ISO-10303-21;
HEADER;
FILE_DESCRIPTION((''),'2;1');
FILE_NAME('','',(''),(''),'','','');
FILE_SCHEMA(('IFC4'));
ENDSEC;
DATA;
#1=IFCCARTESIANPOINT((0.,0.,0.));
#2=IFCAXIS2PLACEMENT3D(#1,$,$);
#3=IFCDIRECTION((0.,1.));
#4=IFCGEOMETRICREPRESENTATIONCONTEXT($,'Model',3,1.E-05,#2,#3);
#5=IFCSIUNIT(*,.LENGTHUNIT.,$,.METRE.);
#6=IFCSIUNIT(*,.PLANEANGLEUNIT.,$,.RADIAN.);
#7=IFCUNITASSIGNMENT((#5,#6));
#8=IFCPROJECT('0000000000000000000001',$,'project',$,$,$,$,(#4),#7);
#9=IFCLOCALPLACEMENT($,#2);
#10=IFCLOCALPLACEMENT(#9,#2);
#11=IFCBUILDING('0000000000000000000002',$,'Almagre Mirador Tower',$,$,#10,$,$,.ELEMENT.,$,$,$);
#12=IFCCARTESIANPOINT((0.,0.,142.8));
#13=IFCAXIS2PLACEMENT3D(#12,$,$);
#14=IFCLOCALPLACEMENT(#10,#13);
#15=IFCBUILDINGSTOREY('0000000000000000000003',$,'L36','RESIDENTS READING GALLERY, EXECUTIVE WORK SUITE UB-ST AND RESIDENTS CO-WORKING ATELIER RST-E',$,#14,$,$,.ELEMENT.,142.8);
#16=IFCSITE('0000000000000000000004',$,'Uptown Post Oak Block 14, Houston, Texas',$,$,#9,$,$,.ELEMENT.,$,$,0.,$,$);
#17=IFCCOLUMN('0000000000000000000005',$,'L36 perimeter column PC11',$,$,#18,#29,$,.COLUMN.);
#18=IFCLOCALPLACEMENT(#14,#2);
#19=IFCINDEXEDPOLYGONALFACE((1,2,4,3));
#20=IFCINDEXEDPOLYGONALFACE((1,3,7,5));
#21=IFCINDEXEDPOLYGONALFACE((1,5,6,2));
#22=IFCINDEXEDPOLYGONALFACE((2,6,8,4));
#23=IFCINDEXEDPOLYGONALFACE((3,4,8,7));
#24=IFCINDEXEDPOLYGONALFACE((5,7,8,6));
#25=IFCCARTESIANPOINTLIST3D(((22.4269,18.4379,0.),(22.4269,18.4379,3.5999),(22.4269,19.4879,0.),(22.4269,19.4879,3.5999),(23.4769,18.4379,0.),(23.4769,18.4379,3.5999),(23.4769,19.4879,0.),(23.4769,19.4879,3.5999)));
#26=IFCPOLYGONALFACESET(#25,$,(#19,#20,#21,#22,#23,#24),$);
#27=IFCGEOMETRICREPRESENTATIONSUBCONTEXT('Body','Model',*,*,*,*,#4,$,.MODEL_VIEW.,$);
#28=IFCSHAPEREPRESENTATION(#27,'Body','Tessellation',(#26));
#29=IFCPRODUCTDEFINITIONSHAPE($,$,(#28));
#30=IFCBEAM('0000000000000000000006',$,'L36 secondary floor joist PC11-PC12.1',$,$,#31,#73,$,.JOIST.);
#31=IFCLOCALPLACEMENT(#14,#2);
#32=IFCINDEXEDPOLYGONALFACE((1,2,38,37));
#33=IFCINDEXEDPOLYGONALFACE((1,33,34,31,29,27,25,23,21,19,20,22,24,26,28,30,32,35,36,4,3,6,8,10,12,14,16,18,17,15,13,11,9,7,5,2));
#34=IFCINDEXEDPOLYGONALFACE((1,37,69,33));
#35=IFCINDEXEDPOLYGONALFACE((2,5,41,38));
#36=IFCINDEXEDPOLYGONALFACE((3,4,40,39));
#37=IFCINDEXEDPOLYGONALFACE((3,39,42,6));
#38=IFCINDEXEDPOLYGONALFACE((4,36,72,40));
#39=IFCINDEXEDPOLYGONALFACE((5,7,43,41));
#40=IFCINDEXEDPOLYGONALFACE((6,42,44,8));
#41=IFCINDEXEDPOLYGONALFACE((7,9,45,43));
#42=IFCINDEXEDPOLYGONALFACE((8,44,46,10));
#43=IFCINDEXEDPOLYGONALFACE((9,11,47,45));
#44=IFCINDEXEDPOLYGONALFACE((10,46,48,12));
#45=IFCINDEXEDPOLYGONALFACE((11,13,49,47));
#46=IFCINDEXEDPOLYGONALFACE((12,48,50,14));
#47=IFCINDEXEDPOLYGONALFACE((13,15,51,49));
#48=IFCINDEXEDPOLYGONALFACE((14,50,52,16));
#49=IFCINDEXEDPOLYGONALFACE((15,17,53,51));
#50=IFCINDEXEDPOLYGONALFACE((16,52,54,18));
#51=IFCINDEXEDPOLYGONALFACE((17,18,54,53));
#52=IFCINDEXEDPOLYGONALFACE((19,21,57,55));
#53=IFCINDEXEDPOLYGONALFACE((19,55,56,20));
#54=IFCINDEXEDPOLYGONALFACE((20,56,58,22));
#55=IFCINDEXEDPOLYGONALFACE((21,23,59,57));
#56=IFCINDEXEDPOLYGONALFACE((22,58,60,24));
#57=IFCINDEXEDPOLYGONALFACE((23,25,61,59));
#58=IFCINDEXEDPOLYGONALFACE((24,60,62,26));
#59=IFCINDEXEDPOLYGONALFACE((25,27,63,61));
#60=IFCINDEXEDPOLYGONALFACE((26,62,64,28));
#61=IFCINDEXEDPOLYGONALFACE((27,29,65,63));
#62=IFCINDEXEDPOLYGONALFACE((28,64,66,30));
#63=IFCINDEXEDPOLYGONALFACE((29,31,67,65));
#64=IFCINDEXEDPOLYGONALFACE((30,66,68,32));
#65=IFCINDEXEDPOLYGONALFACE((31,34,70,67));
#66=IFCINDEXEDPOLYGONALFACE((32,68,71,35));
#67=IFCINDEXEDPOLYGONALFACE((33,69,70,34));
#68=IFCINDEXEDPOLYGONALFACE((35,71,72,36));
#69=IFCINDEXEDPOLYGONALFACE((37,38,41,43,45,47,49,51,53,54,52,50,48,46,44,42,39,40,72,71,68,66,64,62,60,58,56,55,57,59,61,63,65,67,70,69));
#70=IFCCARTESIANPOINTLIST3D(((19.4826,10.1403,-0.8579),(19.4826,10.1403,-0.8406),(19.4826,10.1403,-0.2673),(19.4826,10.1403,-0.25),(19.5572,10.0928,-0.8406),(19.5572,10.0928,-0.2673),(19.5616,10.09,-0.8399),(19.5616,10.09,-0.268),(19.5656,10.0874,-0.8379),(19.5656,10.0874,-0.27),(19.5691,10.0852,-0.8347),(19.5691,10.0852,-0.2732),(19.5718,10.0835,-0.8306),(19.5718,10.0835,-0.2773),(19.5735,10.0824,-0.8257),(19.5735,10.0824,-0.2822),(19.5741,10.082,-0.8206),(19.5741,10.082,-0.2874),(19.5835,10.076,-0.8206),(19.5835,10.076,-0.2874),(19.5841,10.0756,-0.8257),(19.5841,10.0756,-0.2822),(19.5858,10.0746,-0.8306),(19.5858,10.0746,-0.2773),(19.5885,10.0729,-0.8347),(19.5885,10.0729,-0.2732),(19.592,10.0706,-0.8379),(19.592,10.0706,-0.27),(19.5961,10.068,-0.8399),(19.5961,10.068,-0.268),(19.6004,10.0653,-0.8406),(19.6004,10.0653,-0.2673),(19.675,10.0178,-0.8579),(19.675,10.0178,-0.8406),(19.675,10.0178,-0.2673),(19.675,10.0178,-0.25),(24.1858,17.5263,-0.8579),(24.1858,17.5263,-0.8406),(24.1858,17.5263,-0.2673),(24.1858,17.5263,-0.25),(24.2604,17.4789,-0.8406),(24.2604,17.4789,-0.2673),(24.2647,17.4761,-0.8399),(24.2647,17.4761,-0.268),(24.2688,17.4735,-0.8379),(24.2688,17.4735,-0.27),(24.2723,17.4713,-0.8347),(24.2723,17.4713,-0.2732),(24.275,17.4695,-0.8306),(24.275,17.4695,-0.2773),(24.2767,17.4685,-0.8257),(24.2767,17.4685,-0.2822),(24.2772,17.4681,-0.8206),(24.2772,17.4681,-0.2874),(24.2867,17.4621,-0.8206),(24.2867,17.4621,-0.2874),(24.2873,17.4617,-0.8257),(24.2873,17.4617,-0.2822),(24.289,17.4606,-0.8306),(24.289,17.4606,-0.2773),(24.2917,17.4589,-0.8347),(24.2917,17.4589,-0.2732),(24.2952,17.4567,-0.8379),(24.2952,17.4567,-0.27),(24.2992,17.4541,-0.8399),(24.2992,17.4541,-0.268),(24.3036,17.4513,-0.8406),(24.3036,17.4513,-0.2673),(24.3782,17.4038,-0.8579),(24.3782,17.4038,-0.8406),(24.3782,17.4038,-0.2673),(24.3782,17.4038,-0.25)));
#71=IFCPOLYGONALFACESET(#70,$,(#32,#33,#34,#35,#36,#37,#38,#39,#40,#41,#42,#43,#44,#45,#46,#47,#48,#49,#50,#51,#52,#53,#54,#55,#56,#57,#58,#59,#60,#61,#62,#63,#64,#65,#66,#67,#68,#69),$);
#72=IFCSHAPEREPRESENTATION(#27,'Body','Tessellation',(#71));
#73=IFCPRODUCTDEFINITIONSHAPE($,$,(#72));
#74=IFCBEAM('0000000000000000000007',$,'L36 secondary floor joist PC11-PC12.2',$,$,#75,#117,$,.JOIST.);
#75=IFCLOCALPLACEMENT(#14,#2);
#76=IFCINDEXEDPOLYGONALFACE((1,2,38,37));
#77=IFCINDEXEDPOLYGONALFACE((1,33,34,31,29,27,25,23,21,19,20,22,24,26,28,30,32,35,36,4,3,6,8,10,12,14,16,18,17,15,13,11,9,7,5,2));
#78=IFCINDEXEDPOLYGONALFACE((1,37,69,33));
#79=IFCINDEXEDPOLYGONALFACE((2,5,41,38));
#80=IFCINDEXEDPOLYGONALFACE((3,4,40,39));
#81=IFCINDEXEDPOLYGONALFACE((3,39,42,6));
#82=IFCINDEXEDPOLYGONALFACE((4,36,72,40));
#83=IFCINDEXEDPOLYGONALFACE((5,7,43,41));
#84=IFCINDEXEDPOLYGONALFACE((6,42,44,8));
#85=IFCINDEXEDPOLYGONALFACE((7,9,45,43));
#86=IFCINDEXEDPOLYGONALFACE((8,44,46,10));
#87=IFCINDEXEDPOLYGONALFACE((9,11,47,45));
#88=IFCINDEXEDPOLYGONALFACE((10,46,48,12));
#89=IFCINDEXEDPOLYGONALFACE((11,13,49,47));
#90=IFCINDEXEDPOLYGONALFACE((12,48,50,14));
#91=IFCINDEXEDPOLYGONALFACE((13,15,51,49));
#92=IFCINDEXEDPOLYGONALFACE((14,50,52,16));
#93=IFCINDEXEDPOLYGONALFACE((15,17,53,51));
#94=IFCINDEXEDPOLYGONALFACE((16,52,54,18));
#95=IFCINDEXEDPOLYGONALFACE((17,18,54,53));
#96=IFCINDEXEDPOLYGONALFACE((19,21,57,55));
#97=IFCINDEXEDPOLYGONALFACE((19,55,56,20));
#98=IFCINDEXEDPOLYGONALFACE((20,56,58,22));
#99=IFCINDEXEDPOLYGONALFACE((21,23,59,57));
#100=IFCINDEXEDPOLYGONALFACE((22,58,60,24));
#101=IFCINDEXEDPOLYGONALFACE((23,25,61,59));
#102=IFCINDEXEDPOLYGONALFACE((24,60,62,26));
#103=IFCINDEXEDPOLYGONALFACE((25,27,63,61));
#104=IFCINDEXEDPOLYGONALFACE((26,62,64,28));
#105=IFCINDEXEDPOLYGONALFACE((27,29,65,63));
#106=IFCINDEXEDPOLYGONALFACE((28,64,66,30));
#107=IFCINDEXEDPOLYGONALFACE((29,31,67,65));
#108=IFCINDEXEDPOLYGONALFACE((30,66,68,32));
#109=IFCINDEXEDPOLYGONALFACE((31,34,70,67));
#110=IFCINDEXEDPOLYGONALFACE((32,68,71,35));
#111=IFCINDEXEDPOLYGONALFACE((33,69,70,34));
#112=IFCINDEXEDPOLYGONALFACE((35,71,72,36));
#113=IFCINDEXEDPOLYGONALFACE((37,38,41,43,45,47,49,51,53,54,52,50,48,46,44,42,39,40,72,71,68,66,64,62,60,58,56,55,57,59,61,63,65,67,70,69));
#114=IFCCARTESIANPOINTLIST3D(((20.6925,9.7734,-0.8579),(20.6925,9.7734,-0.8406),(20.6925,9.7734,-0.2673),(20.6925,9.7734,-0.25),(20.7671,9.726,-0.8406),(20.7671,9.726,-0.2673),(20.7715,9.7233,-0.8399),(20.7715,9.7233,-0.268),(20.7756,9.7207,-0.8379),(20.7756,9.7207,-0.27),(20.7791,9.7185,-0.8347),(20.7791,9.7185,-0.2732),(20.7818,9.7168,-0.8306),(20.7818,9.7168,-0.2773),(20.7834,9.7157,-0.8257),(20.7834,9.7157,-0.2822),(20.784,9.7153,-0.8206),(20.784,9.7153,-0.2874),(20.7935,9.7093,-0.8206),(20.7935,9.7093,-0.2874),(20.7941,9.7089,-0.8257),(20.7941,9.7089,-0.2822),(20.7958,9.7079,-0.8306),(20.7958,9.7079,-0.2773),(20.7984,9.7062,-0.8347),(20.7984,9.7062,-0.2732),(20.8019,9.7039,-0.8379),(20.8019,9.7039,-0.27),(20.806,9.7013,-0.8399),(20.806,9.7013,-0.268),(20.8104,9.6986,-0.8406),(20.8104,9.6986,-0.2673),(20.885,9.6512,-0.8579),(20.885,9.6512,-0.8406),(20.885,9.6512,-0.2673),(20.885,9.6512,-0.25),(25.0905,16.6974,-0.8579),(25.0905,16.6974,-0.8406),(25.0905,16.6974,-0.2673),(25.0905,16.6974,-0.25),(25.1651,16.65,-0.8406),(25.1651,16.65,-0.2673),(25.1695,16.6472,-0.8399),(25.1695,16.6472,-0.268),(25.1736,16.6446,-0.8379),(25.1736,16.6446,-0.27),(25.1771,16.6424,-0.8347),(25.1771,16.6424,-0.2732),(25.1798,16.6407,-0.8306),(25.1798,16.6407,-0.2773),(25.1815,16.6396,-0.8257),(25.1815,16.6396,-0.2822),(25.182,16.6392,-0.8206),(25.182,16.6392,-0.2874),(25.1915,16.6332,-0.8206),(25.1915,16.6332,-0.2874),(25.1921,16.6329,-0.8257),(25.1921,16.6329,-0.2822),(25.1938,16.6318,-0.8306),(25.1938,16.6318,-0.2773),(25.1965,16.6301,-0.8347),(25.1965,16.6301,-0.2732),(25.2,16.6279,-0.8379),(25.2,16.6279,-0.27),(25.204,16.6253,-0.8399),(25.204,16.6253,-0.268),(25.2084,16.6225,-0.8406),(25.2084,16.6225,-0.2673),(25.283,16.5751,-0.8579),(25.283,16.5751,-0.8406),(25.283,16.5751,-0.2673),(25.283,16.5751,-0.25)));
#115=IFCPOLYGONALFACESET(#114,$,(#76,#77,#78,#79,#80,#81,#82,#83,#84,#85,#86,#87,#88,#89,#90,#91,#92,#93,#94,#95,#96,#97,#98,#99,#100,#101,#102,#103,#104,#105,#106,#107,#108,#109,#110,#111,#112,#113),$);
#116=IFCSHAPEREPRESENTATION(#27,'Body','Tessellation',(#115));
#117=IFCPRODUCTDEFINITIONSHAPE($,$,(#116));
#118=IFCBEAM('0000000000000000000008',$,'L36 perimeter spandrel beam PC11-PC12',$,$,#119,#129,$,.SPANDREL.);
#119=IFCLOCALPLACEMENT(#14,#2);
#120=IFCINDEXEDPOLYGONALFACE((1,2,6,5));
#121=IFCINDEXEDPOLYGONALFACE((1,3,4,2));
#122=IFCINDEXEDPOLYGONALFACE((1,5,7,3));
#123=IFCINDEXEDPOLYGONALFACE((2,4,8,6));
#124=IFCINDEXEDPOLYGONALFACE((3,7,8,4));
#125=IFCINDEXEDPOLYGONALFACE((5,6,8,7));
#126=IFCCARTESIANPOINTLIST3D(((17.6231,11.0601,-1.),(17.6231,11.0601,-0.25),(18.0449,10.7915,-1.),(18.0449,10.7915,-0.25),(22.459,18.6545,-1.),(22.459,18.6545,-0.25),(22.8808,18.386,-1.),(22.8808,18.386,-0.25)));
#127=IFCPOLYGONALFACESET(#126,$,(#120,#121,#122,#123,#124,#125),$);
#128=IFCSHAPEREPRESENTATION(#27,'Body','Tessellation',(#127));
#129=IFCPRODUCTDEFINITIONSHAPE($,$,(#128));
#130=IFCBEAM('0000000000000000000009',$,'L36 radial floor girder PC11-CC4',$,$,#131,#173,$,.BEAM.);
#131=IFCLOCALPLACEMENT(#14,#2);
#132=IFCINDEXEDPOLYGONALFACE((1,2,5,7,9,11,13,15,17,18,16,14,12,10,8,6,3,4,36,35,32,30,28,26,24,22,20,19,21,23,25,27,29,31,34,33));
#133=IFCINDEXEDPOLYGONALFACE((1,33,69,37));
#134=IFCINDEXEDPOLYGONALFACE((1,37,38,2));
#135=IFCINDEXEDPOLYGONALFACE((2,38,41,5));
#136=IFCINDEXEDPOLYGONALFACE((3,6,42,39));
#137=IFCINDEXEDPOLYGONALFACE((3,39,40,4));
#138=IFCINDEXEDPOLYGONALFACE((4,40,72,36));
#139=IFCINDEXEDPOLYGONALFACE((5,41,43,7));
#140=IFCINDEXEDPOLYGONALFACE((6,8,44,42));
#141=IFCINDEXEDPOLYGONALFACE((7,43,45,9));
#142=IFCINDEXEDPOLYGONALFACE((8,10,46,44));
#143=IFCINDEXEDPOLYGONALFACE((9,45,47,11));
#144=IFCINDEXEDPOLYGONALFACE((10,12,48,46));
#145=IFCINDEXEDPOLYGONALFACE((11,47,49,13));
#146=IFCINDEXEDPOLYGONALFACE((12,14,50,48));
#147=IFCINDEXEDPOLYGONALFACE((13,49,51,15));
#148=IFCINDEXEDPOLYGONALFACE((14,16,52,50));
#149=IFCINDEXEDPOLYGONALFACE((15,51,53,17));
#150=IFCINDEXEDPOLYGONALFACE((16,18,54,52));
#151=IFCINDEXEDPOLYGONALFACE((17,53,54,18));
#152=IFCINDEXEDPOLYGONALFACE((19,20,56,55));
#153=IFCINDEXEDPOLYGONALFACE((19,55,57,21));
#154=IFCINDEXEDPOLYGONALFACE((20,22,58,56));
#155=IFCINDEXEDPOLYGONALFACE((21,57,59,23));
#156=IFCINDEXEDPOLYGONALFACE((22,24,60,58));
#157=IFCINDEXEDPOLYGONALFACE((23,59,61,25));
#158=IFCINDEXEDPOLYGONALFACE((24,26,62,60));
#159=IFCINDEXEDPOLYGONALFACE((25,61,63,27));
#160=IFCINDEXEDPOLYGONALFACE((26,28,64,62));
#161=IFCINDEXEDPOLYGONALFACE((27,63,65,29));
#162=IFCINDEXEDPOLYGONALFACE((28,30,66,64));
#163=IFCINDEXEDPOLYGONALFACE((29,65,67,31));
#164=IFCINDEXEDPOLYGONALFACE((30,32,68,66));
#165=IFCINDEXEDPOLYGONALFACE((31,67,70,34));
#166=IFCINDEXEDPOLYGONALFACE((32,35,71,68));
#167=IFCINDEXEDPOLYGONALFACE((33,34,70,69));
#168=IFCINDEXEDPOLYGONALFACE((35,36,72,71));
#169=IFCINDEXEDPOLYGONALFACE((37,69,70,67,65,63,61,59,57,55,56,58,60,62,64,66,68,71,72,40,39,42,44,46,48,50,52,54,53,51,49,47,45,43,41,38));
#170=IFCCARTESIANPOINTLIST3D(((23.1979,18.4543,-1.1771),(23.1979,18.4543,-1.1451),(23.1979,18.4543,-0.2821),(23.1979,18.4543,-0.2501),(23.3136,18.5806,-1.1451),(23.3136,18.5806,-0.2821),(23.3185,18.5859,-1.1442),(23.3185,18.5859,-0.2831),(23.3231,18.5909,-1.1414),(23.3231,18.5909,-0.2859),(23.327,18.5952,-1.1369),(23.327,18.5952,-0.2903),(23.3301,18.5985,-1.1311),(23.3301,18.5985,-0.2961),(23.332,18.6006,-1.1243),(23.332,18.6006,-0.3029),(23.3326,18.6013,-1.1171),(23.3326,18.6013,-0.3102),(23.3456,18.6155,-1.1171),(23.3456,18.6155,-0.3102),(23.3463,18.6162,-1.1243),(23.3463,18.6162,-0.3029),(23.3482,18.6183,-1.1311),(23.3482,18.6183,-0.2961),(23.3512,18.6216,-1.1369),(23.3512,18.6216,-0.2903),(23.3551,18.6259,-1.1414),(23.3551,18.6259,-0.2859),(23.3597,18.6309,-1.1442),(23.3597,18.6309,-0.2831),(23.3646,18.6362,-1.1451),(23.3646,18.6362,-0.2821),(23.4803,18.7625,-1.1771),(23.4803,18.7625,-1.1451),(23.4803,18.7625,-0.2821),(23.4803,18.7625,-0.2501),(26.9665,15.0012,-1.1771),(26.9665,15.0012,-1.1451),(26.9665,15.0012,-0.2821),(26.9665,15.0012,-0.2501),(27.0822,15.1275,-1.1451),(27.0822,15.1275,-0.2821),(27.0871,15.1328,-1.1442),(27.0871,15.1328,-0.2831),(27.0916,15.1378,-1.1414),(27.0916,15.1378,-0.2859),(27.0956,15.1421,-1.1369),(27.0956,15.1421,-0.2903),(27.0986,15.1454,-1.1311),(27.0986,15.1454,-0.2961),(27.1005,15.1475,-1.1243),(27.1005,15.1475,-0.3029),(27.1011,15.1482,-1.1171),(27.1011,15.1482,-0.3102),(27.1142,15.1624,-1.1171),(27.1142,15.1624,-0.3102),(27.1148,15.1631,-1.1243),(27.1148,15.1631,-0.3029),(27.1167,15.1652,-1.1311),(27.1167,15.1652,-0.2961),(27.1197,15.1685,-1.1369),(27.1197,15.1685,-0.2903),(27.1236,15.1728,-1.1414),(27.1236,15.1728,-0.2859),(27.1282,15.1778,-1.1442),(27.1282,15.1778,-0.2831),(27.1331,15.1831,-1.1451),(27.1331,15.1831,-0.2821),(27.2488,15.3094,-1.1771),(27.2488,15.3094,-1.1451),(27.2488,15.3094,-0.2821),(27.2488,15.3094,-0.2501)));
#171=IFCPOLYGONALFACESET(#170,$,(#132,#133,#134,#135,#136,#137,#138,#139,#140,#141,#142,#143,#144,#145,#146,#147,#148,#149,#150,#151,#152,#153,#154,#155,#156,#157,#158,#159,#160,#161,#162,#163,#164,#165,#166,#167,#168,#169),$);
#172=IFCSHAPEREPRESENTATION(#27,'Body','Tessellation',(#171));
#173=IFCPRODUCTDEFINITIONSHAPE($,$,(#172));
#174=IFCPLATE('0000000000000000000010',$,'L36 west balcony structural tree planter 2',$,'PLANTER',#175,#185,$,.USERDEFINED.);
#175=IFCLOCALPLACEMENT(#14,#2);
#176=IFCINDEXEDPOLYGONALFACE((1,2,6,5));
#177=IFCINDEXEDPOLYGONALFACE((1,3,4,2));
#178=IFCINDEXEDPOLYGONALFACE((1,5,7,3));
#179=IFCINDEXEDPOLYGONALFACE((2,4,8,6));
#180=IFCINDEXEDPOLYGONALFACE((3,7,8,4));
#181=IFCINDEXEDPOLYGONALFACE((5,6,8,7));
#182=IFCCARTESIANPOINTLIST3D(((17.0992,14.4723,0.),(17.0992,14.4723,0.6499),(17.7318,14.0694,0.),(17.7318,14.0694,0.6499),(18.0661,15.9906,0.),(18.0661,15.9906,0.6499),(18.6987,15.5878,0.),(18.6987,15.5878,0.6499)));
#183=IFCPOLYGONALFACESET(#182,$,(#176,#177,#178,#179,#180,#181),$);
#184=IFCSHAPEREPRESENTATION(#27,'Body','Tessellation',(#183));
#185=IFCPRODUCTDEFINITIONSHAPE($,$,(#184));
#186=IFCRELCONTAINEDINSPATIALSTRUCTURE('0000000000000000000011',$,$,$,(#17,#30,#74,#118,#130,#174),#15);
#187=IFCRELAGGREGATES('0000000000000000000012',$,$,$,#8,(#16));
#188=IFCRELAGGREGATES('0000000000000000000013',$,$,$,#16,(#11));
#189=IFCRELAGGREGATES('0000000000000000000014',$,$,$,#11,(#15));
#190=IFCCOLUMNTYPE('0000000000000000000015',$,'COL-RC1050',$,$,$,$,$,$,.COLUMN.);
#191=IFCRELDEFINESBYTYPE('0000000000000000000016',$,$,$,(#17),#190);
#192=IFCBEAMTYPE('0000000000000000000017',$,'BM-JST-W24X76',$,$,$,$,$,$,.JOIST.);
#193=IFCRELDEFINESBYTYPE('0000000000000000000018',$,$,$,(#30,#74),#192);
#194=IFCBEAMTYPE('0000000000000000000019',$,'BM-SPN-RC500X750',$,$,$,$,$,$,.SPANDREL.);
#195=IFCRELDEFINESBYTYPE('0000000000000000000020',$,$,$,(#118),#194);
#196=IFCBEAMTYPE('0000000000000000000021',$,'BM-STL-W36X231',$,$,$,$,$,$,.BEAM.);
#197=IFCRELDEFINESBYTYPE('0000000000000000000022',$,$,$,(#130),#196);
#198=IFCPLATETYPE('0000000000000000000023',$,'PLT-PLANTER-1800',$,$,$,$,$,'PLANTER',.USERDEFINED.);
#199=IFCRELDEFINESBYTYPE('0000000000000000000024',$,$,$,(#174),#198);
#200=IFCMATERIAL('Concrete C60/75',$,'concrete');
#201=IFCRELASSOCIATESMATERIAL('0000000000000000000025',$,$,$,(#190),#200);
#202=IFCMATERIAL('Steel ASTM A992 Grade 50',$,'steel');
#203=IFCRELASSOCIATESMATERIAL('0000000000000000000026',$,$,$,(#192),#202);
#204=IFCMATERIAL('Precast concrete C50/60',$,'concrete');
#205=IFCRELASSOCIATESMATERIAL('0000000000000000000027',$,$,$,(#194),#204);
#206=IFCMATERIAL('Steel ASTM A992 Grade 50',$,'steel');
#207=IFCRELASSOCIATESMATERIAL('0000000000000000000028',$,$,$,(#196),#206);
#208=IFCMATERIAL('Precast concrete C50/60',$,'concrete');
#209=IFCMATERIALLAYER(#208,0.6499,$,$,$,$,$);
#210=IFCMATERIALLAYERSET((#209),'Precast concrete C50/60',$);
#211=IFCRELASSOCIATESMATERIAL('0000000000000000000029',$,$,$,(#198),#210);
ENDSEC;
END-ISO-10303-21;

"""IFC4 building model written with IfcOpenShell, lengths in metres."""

from ifc_helpers import new_model, si_unit, direction, frame, origin, origin_2d, place, context, subcontext, project, spatial, rectangle, i_section, extrude, material, layer, layer_set, material_profile, profile_set, type_object, element, save


model = new_model("IFC4")

# Units and contexts
model_context = context("Model", 3, precision=1e-05, world=origin(), true_north=direction((0.0, 1.0)))
body_context = subcontext(model_context, "Body", "Model", "MODEL_VIEW")
ifc_project = project(units=[si_unit("LENGTHUNIT", "METRE"), si_unit("PLANEANGLEUNIT", "RADIAN")], contexts=[model_context])

# Site, building, storey
site_placement = place(None, origin())
site = spatial("IfcSite", under=ifc_project, at=site_placement, Name="Uptown Post Oak Block 14, Houston, Texas", CompositionType="ELEMENT", RefElevation=0.0)
building_placement = place(site_placement, origin())
building = spatial("IfcBuilding", under=site, at=building_placement, Name="Almagre Mirador Tower", CompositionType="ELEMENT")
storey_placement = place(building_placement, frame((0.0, 0.0, 142.8)))
storey = spatial("IfcBuildingStorey", under=building, at=storey_placement, Name="L36", Description="RESIDENTS READING GALLERY, EXECUTIVE WORK SUITE UB-ST AND RESIDENTS CO-WORKING ATELIER RST-E", CompositionType="ELEMENT", Elevation=142.8)

# Column
ifc_material_1 = material(Name="Concrete C60/75", Category="concrete")
ifc_material_profile_1 = material_profile(ifc_material_1, rectangle(XDim=1.05, YDim=1.05, at=origin_2d()), Name="RC1050X1050")
ifc_profile_set_1 = profile_set([ifc_material_profile_1], Name="Concrete C60/75")
column_type = type_object("IfcColumnType", Name="COL-RC1050", PredefinedType="COLUMN", material=ifc_profile_set_1)
column_placement = place(storey_placement, frame((22.9519, 18.9629, 0.0), z_axis=(0.0, 0.0, 1.0), x_axis=(1.0, 0.0, 0.0)))
element("IfcColumn", 1, at=column_placement, inside=storey, type_object=column_type, Name="L36 perimeter column PC11", PredefinedType="COLUMN", context=body_context, shape_type="SweptSolid", body=[
    extrude(rectangle(XDim=1.05, YDim=1.05, at=origin_2d()), origin(), (0.0, 0.0, 1.0), 3.5999),
])

# Beams
ifc_material_2 = material(Name="Steel ASTM A992 Grade 50", Category="steel")
ifc_material_profile_2 = material_profile(ifc_material_2, i_section(OverallWidth=0.228, OverallDepth=0.6079, WebThickness=0.0112, FlangeThickness=0.0173, FilletRadius=0.02, at=origin_2d()), Name="W24X76")
ifc_profile_set_2 = profile_set([ifc_material_profile_2], Name="Steel ASTM A992 Grade 50")
beam_type_1 = type_object("IfcBeamType", Name="BM-JST-W24X76", PredefinedType="JOIST", material=ifc_profile_set_2)
beam_1_placement = place(storey_placement, frame((24.282, 17.4651, -0.554), z_axis=(-0.537115, -0.843509, 0.0), x_axis=(0.843509, -0.537115, 0.0)))
element("IfcBeam", 2, at=beam_1_placement, inside=storey, type_object=beam_type_1, Name="L36 secondary floor joist PC11-PC12.1", PredefinedType="JOIST", context=body_context, shape_type="SweptSolid", body=[
    extrude(i_section(OverallWidth=0.228, OverallDepth=0.6079, WebThickness=0.0112, FlangeThickness=0.0173, FilletRadius=0.02, at=origin_2d()), origin(), (0.0, 0.0, 1.0), 8.7563),
])
beam_2_placement = place(storey_placement, frame((25.1868, 16.6362, -0.554), z_axis=(-0.53617, -0.84411, 0.0), x_axis=(0.84411, -0.53617, 0.0)))
element("IfcBeam", 3, at=beam_2_placement, inside=storey, type_object=beam_type_1, Name="L36 secondary floor joist PC11-PC12.2", PredefinedType="JOIST", context=body_context, shape_type="SweptSolid", body=[
    extrude(i_section(OverallWidth=0.228, OverallDepth=0.6079, WebThickness=0.0112, FlangeThickness=0.0173, FilletRadius=0.02, at=origin_2d()), origin(), (0.0, 0.0, 1.0), 8.2026),
])
ifc_material_3 = material(Name="Precast concrete C50/60", Category="concrete")
ifc_material_profile_3 = material_profile(ifc_material_3, rectangle(XDim=0.5, YDim=0.75, at=origin_2d()), Name="RC500X750")
ifc_profile_set_3 = profile_set([ifc_material_profile_3], Name="Precast concrete C50/60")
beam_type_2 = type_object("IfcBeamType", Name="BM-SPN-RC500X750", PredefinedType="SPANDREL", material=ifc_profile_set_3)
beam_3_placement = place(storey_placement, frame((22.6699, 18.5203, -0.625), z_axis=(-0.537119, -0.843506, 0.0), x_axis=(0.843506, -0.537119, 0.0)))
element("IfcBeam", 4, at=beam_3_placement, inside=storey, type_object=beam_type_2, Name="L36 perimeter spandrel beam PC11-PC12", PredefinedType="SPANDREL", context=body_context, shape_type="SweptSolid", body=[
    extrude(rectangle(XDim=0.5, YDim=0.75, at=origin_2d()), origin(), (0.0, 0.0, 1.0), 9.0034),
])
ifc_material_4 = material(Name="Steel ASTM A992 Grade 50", Category="steel")
ifc_material_profile_4 = material_profile(ifc_material_4, i_section(OverallWidth=0.418, OverallDepth=0.927, WebThickness=0.0193, FlangeThickness=0.032, FilletRadius=0.0281, at=origin_2d()), Name="W36X231")
ifc_profile_set_4 = profile_set([ifc_material_profile_4], Name="Steel ASTM A992 Grade 50")
beam_type_3 = type_object("IfcBeamType", Name="BM-STL-W36X231", PredefinedType="BEAM", material=ifc_profile_set_4)
beam_4_placement = place(storey_placement, frame((23.3391, 18.6084, -0.7136), z_axis=(0.737289, -0.675578, 0.0), x_axis=(0.675578, 0.737289, 0.0)))
element("IfcBeam", 5, at=beam_4_placement, inside=storey, type_object=beam_type_3, Name="L36 radial floor girder PC11-CC4", PredefinedType="BEAM", context=body_context, shape_type="SweptSolid", body=[
    extrude(i_section(OverallWidth=0.418, OverallDepth=0.927, WebThickness=0.0193, FlangeThickness=0.032, FilletRadius=0.0281, at=origin_2d()), origin(), (0.0, 0.0, 1.0), 5.1113),
])

# Plate
ifc_material_5 = material(Name="Precast concrete C50/60", Category="concrete")
ifc_layer_1 = layer(ifc_material_5, 0.6499)
ifc_layer_set_1 = layer_set([ifc_layer_1], Name="Precast concrete C50/60")
plate_type = type_object("IfcPlateType", Name="PLT-PLANTER-1800", ElementType="PLANTER", PredefinedType="USERDEFINED", material=ifc_layer_set_1)
plate_placement = place(storey_placement, frame((17.8989, 15.03, 0.0), z_axis=(0.0, 0.0, 1.0), x_axis=(-0.537138, -0.843495, 0.0)))
element("IfcPlate", 6, at=plate_placement, inside=storey, type_object=plate_type, Name="L36 west balcony structural tree planter 2", ObjectType="PLANTER", PredefinedType="USERDEFINED", context=body_context, shape_type="SweptSolid", body=[
    extrude(rectangle(XDim=1.8, YDim=0.75, at=origin_2d()), origin(), (0.0, 0.0, 1.0), 0.6499),
])

save(model, "model.ifc")
